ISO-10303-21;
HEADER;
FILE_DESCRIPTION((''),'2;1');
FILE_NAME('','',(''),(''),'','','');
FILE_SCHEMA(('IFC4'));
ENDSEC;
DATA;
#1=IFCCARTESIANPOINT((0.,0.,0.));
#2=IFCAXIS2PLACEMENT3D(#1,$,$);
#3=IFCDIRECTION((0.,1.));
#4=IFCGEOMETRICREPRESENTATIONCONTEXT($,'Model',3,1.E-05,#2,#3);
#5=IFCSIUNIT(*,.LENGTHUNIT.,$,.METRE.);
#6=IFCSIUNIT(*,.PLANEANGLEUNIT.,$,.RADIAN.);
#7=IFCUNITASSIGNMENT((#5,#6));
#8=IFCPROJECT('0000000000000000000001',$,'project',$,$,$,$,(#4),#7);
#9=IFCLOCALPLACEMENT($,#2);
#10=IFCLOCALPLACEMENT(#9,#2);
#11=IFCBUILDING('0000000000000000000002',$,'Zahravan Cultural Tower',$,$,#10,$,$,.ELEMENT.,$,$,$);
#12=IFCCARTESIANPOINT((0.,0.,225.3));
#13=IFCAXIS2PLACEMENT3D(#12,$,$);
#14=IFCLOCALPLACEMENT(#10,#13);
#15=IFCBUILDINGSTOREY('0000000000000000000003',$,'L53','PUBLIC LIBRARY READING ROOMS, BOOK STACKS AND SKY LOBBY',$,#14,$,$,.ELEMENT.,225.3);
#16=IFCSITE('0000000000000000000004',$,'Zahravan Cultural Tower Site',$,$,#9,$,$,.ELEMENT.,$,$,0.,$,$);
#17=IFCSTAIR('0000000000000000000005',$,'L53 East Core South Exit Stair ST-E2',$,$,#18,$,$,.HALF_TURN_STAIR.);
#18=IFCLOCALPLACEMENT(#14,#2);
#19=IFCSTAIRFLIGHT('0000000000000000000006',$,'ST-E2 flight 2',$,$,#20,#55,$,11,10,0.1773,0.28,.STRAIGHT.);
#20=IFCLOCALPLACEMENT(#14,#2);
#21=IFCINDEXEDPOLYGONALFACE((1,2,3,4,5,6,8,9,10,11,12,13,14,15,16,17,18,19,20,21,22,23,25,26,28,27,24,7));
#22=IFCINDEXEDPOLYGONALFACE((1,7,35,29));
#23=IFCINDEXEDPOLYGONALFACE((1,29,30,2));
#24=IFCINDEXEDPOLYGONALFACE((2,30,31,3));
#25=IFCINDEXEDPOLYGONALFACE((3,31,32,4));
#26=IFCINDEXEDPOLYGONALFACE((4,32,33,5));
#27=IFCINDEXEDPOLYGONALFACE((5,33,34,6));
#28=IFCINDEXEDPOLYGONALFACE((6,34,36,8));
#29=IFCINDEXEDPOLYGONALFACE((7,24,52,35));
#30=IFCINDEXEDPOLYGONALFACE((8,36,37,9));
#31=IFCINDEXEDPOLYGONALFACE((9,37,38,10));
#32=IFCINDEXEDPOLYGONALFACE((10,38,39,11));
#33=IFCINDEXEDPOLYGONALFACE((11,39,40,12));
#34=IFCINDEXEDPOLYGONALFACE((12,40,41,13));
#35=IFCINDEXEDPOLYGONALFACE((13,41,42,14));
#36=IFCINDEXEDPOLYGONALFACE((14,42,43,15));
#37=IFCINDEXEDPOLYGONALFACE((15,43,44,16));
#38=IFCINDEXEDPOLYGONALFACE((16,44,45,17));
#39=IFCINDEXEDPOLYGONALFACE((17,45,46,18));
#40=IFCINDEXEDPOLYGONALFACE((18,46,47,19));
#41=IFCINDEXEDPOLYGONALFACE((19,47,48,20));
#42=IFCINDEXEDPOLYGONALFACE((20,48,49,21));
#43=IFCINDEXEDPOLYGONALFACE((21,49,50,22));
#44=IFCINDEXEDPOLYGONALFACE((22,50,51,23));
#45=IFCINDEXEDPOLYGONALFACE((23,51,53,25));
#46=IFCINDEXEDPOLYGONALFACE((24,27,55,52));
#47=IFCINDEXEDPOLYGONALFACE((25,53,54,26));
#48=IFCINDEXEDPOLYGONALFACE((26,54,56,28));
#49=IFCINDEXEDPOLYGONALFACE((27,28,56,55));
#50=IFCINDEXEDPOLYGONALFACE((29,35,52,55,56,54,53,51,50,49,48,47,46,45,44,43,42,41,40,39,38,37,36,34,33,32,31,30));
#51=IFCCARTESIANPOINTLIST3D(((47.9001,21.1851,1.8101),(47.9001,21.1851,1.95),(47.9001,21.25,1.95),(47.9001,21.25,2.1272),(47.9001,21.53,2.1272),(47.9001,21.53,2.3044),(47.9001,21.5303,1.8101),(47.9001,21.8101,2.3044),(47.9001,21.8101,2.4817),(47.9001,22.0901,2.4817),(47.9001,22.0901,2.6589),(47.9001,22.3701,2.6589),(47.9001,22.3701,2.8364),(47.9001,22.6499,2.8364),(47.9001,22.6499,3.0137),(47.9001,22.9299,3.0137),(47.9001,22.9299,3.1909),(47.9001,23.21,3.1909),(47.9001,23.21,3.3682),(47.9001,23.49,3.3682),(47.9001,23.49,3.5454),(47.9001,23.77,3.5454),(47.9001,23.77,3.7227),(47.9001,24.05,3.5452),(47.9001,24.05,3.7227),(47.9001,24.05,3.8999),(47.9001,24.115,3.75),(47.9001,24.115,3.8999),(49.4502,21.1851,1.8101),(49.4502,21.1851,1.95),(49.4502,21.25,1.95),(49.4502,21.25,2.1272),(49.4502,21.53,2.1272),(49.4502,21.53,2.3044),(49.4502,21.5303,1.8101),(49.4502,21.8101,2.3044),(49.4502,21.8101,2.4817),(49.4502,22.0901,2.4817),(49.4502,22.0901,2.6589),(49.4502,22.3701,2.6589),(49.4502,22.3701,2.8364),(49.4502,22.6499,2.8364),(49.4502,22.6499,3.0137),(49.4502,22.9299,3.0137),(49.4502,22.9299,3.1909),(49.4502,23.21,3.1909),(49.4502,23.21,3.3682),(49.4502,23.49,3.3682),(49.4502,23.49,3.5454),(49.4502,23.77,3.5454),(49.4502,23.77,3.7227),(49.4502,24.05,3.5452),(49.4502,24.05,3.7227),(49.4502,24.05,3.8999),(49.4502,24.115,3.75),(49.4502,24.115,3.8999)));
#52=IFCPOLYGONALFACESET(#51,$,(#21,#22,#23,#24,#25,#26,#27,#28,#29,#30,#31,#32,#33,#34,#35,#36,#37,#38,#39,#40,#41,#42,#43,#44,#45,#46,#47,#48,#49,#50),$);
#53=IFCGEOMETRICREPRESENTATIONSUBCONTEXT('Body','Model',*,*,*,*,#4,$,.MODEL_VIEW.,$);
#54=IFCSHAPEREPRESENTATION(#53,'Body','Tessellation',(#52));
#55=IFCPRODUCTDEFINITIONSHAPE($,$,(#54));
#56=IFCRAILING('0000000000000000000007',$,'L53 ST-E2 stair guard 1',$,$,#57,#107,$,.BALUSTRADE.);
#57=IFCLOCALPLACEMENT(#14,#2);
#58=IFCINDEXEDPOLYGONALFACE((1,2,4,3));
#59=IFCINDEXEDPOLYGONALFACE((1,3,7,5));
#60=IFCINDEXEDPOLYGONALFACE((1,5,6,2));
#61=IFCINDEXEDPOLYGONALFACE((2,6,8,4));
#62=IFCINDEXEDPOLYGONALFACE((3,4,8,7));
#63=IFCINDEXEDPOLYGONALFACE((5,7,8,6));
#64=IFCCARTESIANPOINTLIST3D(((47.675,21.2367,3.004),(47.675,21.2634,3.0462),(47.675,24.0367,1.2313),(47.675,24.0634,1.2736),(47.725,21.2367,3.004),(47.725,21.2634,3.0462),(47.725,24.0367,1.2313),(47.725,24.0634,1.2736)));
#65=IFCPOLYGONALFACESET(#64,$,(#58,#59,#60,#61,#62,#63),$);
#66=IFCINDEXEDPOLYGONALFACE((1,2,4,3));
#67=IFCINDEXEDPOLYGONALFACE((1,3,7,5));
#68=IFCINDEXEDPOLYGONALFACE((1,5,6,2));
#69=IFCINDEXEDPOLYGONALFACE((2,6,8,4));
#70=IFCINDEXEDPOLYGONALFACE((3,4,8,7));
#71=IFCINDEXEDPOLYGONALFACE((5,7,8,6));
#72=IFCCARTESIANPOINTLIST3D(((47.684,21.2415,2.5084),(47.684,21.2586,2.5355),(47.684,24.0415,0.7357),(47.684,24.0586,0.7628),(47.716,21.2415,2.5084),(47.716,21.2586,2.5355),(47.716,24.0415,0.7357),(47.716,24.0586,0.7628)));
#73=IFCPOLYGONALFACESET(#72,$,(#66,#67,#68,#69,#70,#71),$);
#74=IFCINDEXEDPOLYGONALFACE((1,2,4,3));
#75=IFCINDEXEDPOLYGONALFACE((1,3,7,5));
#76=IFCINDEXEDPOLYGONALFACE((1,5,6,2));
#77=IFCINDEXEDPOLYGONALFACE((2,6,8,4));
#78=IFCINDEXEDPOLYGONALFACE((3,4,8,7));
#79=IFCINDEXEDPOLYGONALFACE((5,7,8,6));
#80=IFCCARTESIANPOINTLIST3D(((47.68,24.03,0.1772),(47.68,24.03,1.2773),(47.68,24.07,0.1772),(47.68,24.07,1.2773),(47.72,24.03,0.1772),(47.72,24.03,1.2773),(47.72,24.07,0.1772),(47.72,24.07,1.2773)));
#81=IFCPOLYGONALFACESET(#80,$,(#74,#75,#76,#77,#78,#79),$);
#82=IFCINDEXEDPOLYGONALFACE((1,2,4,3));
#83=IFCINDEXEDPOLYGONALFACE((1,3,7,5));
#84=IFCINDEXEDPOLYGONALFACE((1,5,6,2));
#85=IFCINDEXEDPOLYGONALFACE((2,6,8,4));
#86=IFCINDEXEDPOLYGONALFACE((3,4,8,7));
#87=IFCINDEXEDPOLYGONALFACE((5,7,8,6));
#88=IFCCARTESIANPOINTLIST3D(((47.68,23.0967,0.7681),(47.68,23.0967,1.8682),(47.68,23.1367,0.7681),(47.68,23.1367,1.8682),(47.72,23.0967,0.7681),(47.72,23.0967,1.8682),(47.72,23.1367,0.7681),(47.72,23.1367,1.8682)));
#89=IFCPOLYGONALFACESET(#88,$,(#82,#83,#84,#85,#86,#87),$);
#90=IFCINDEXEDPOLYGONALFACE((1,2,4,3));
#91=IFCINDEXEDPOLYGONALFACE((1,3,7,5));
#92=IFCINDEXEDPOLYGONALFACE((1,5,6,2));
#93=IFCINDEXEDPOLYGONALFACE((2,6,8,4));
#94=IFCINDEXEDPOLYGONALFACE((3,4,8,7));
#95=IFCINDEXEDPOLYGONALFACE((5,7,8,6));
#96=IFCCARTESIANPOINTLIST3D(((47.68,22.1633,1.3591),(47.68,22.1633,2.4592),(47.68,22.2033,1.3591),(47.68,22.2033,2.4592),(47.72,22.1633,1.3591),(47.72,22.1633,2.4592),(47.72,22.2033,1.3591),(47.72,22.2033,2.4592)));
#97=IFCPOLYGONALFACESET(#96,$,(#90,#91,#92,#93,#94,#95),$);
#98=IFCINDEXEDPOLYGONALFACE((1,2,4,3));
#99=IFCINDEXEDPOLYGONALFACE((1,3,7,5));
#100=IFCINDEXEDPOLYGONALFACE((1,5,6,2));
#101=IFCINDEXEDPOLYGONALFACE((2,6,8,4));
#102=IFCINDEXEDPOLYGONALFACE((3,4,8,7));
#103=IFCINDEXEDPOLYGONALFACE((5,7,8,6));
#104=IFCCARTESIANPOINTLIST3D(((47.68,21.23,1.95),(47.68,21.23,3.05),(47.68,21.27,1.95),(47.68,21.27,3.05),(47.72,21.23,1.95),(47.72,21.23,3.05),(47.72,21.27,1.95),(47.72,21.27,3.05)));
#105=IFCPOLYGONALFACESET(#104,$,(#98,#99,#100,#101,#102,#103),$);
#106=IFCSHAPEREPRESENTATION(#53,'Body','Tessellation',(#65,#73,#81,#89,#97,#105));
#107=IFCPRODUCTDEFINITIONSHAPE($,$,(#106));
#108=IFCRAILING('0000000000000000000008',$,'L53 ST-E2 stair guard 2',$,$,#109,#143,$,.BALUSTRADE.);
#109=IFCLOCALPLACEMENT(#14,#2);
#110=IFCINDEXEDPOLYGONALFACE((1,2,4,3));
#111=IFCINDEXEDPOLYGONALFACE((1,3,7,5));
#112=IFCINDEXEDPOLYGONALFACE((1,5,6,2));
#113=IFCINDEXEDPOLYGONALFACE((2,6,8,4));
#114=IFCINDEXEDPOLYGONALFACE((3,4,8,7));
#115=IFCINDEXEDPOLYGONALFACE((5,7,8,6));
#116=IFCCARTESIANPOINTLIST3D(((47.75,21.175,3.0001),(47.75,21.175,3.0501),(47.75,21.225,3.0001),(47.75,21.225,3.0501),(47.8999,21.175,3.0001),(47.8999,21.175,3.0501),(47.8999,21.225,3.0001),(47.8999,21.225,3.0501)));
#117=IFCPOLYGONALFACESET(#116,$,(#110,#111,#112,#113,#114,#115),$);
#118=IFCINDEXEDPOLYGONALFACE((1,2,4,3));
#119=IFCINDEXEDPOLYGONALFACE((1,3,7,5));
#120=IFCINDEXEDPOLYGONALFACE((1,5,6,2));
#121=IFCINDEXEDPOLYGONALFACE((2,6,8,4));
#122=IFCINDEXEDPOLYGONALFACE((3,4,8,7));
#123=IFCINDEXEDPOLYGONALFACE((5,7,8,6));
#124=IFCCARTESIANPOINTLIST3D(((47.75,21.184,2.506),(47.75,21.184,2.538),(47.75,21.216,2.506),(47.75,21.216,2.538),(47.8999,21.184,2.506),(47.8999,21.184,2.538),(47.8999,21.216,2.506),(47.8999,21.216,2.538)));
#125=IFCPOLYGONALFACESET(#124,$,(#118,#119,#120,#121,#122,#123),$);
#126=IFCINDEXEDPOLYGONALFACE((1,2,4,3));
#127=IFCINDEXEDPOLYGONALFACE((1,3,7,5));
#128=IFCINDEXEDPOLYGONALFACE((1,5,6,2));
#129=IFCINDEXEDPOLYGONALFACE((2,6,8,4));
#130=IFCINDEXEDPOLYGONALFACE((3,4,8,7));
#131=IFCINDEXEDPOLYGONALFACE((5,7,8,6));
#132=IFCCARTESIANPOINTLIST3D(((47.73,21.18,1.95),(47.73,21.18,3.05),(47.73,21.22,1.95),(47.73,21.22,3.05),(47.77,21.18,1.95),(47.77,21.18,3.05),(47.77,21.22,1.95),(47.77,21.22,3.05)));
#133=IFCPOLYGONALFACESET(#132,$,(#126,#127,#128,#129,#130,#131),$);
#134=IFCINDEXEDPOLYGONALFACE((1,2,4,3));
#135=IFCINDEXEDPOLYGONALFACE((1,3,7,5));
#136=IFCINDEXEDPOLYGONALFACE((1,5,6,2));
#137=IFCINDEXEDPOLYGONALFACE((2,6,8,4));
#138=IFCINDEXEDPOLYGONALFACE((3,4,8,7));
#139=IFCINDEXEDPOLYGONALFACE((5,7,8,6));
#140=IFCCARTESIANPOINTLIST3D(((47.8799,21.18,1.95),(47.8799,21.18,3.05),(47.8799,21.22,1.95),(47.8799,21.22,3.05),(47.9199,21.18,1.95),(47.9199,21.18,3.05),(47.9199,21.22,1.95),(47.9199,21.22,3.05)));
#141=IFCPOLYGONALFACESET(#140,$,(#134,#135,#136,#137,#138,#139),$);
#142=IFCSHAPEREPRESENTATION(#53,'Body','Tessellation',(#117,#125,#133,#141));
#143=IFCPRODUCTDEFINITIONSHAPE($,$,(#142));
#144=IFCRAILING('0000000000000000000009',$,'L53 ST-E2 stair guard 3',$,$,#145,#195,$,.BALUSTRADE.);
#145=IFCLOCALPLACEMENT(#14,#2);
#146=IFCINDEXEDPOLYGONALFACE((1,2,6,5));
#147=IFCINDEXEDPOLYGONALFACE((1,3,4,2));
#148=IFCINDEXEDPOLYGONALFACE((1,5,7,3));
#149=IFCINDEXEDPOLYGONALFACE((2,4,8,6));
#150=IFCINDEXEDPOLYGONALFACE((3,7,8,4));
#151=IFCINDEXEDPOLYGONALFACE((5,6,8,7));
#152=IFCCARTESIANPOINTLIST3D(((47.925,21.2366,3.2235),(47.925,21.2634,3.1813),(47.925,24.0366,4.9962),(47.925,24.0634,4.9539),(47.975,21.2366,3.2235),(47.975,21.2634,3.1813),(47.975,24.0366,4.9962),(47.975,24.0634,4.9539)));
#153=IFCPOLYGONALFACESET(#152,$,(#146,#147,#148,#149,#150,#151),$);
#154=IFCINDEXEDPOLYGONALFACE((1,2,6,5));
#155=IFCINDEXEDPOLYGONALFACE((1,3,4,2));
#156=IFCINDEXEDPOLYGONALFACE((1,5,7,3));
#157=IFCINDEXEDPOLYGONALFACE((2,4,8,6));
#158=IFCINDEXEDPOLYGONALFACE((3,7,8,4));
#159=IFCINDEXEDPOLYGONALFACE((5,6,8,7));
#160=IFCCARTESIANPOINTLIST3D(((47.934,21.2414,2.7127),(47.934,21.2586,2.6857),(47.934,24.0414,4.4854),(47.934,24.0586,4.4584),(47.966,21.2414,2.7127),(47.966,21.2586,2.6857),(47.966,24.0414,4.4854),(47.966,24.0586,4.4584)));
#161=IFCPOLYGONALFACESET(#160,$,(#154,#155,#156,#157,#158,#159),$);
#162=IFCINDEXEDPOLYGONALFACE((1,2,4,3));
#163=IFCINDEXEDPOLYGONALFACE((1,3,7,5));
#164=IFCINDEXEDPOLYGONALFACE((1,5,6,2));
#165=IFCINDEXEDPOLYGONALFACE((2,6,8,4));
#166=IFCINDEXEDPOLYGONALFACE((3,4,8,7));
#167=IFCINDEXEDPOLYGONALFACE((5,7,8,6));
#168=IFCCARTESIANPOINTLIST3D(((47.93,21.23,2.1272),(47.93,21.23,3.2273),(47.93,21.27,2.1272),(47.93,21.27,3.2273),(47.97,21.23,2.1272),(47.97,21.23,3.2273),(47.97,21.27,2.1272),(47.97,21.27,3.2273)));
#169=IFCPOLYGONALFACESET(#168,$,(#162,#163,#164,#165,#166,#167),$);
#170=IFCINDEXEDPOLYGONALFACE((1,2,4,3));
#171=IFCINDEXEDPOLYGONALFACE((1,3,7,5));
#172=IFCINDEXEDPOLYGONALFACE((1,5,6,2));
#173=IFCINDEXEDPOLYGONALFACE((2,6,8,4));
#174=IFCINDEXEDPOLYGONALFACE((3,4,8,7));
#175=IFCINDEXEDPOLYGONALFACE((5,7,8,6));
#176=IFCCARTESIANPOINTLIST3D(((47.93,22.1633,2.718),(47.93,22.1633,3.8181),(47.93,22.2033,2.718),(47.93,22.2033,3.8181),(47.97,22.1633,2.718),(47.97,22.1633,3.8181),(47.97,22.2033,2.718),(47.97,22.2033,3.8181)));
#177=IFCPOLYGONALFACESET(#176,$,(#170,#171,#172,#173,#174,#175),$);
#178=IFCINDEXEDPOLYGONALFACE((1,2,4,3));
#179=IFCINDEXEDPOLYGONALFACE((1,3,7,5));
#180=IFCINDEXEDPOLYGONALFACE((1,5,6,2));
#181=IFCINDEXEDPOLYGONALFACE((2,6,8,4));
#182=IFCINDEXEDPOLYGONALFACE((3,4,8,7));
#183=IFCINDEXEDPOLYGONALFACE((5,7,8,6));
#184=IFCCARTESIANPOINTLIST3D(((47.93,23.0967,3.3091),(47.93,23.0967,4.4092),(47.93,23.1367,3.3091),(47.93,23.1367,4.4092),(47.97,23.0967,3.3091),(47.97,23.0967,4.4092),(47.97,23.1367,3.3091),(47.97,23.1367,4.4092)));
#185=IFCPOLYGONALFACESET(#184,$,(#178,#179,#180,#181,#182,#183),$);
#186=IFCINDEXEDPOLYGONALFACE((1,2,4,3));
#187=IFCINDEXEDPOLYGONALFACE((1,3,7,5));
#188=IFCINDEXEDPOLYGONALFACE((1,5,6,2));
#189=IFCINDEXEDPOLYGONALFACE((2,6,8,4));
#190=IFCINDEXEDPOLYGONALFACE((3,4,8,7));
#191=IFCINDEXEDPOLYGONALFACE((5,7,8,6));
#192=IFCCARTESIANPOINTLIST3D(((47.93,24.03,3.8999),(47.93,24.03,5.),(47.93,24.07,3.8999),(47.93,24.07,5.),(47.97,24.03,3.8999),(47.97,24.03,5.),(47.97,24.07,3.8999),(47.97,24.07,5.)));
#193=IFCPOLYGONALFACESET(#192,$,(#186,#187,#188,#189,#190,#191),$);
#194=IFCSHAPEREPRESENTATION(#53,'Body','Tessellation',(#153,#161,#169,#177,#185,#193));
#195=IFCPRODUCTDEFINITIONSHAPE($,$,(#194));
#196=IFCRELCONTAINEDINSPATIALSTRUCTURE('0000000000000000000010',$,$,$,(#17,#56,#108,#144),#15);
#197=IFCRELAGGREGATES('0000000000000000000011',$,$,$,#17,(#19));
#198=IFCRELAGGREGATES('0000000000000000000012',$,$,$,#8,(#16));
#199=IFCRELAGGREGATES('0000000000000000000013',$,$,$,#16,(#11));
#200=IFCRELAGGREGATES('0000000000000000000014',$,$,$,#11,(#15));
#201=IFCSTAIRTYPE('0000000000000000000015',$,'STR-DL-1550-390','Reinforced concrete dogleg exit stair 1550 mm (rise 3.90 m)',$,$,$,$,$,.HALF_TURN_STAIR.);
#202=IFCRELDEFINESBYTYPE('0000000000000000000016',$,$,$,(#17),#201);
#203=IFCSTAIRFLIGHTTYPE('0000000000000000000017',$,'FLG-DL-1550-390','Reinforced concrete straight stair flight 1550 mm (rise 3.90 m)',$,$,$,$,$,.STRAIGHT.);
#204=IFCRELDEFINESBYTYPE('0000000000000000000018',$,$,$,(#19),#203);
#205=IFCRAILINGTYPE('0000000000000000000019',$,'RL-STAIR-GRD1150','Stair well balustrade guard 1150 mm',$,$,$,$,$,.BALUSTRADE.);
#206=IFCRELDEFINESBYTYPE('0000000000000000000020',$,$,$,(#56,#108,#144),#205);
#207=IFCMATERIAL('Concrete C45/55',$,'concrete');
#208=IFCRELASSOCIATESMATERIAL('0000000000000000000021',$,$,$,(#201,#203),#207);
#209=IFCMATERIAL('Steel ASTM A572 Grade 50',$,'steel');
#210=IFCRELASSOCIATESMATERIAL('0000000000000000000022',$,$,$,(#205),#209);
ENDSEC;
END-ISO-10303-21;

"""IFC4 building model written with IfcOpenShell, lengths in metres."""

from ifc_helpers import new_model, si_unit, direction, frame, origin, origin_2d, place, context, subcontext, project, spatial, polyline, rectangle, outline, extrude, material, type_object, element, aggregate, save


model = new_model("IFC4")

# Units and contexts
model_context = context("Model", 3, precision=1e-05, world=origin(), true_north=direction((0.0, 1.0)))
body_context = subcontext(model_context, "Body", "Model", "MODEL_VIEW")
ifc_project = project(units=[si_unit("LENGTHUNIT", "METRE"), si_unit("PLANEANGLEUNIT", "RADIAN")], contexts=[model_context])

# Site, building, storey
site_placement = place(None, origin())
site = spatial("IfcSite", under=ifc_project, at=site_placement, Name="Zahravan Cultural Tower Site", CompositionType="ELEMENT", RefElevation=0.0)
building_placement = place(site_placement, origin())
building = spatial("IfcBuilding", under=site, at=building_placement, Name="Zahravan Cultural Tower", CompositionType="ELEMENT")
storey_placement = place(building_placement, frame((0.0, 0.0, 225.3)))
storey = spatial("IfcBuildingStorey", under=building, at=storey_placement, Name="L53", Description="PUBLIC LIBRARY READING ROOMS, BOOK STACKS AND SKY LOBBY", CompositionType="ELEMENT", Elevation=225.3)

# Shared definitions
ifc_material_1 = material(Name="Concrete C45/55", Category="concrete")

# Stair, stair flight
stair_type = type_object("IfcStairType", Name="STR-DL-1550-390", Description="Reinforced concrete dogleg exit stair 1550 mm (rise 3.90 m)", PredefinedType="HALF_TURN_STAIR", material=ifc_material_1)
stair_placement = place(storey_placement, origin())
stair = element("IfcStair", 1, at=stair_placement, inside=storey, type_object=stair_type, Name="L53 East Core South Exit Stair ST-E2", PredefinedType="HALF_TURN_STAIR")
stair_flight_type = type_object("IfcStairFlightType", Name="FLG-DL-1550-390", Description="Reinforced concrete straight stair flight 1550 mm (rise 3.90 m)", PredefinedType="STRAIGHT", material=ifc_material_1)
stair_flight_1_placement = place(storey_placement, frame((48.675, 21.25, 1.95), z_axis=(0.0, 0.0, 1.0), x_axis=(0.0, 1.0, 0.0)))
stair_flight_1 = element("IfcStairFlight", 2, at=stair_flight_1_placement, type_object=stair_flight_type, Name="ST-E2 flight 2", NumberOfRisers=11, NumberOfTreads=10, PredefinedType="STRAIGHT", RiserHeight=0.1773, TreadLength=0.28, context=body_context, shape_type="SweptSolid", body=[
    extrude(outline(polyline([(-0.0649, -0.1399), (-0.0649, 0.0), (0.0, 0.0), (0.0, 0.1772), (0.28, 0.1772), (0.28, 0.3545), (0.5601, 0.3545), (0.5601, 0.5317), (0.8401, 0.5317), (0.8401, 0.709), (1.1201, 0.709), (1.1201, 0.8865), (1.3999, 0.8865), (1.3999, 1.0637), (1.6799, 1.0637), (1.6799, 1.241), (1.96, 1.241), (1.96, 1.4182), (2.24, 1.4182), (2.24, 1.5955), (2.52, 1.5955), (2.52, 1.7727), (2.8, 1.7727), (2.8, 1.95), (2.865, 1.95), (2.865, 1.8), (2.8, 1.5952), (0.2803, -0.1399), (-0.0649, -0.1399)])), frame((0.0, 0.7749, 0.0), z_axis=(0.0, -1.0, 0.0), x_axis=(1.0, 0.0, 0.0)), (0.0, 0.0, 1.0), 1.55),
])
aggregate(stair, [stair_flight_1])

# Railings
ifc_material_2 = material(Name="Steel ASTM A572 Grade 50", Category="steel")
railing_type_1 = type_object("IfcRailingType", Name="RL-STAIR-GRD1150", Description="Stair well balustrade guard 1150 mm", PredefinedType="BALUSTRADE", material=ifc_material_2)
railing_1_placement = place(storey_placement, frame((47.7, 24.05, 0.1772)))
element("IfcRailing", 3, at=railing_1_placement, inside=storey, type_object=railing_type_1, Name="L53 ST-E2 stair guard 1", PredefinedType="BALUSTRADE", context=body_context, shape_type="SweptSolid", body=[
    extrude(rectangle(XDim=0.05, YDim=0.05, at=origin_2d()), frame((0.0, 0.0, 1.0752), z_axis=(0.0, -0.844909, 0.53491), x_axis=(1.0, 0.0, 0.0)), (0.0, 0.0, 1.0), 3.314),
    extrude(rectangle(XDim=0.032, YDim=0.032, at=origin_2d()), frame((0.0, 0.0, 0.572), z_axis=(0.0, -0.844909, 0.53491), x_axis=(1.0, 0.0, 0.0)), (0.0, 0.0, 1.0), 3.314),
    extrude(rectangle(XDim=0.04, YDim=0.04, at=origin_2d()), origin(), (0.0, 0.0, 1.0), 1.1001),
    extrude(rectangle(XDim=0.04, YDim=0.04, at=origin_2d()), frame((0.0, -0.9333, 0.5908)), (0.0, 0.0, 1.0), 1.1001),
    extrude(rectangle(XDim=0.04, YDim=0.04, at=origin_2d()), frame((0.0, -1.8667, 1.1819)), (0.0, 0.0, 1.0), 1.1001),
    extrude(rectangle(XDim=0.04, YDim=0.04, at=origin_2d()), frame((0.0, -2.8, 1.7727)), (0.0, 0.0, 1.0), 1.1001),
])
railing_2_placement = place(storey_placement, frame((47.75, 21.2, 1.95)))
element("IfcRailing", 4, at=railing_2_placement, inside=storey, type_object=railing_type_1, Name="L53 ST-E2 stair guard 2", PredefinedType="BALUSTRADE", context=body_context, shape_type="SweptSolid", body=[
    extrude(rectangle(XDim=0.05, YDim=0.05, at=origin_2d()), frame((0.0, 0.0, 1.0752), z_axis=(1.0, 0.0, 0.0), x_axis=(0.0, 1.0, 0.0)), (0.0, 0.0, 1.0), 0.1499),
    extrude(rectangle(XDim=0.032, YDim=0.032, at=origin_2d()), frame((0.0, 0.0, 0.572), z_axis=(1.0, 0.0, 0.0), x_axis=(0.0, 1.0, 0.0)), (0.0, 0.0, 1.0), 0.1499),
    extrude(rectangle(XDim=0.04, YDim=0.04, at=origin_2d()), origin(), (0.0, 0.0, 1.0), 1.1001),
    extrude(rectangle(XDim=0.04, YDim=0.04, at=origin_2d()), frame((0.1499, 0.0, 0.0)), (0.0, 0.0, 1.0), 1.1001),
])
railing_3_placement = place(storey_placement, frame((47.95, 21.25, 2.1272)))
element("IfcRailing", 5, at=railing_3_placement, inside=storey, type_object=railing_type_1, Name="L53 ST-E2 stair guard 3", PredefinedType="BALUSTRADE", context=body_context, shape_type="SweptSolid", body=[
    extrude(rectangle(XDim=0.05, YDim=0.05, at=origin_2d()), frame((0.0, 0.0, 1.0752), z_axis=(0.0, 0.844909, 0.53491), x_axis=(-1.0, 0.0, 0.0)), (0.0, 0.0, 1.0), 3.314),
    extrude(rectangle(XDim=0.032, YDim=0.032, at=origin_2d()), frame((0.0, 0.0, 0.572), z_axis=(0.0, 0.844909, 0.53491), x_axis=(-1.0, 0.0, 0.0)), (0.0, 0.0, 1.0), 3.314),
    extrude(rectangle(XDim=0.04, YDim=0.04, at=origin_2d()), origin(), (0.0, 0.0, 1.0), 1.1001),
    extrude(rectangle(XDim=0.04, YDim=0.04, at=origin_2d()), frame((0.0, 0.9333, 0.5908)), (0.0, 0.0, 1.0), 1.1001),
    extrude(rectangle(XDim=0.04, YDim=0.04, at=origin_2d()), frame((0.0, 1.8667, 1.1819)), (0.0, 0.0, 1.0), 1.1001),
    extrude(rectangle(XDim=0.04, YDim=0.04, at=origin_2d()), frame((0.0, 2.8, 1.7727)), (0.0, 0.0, 1.0), 1.1001),
])

save(model, "model.ifc")
